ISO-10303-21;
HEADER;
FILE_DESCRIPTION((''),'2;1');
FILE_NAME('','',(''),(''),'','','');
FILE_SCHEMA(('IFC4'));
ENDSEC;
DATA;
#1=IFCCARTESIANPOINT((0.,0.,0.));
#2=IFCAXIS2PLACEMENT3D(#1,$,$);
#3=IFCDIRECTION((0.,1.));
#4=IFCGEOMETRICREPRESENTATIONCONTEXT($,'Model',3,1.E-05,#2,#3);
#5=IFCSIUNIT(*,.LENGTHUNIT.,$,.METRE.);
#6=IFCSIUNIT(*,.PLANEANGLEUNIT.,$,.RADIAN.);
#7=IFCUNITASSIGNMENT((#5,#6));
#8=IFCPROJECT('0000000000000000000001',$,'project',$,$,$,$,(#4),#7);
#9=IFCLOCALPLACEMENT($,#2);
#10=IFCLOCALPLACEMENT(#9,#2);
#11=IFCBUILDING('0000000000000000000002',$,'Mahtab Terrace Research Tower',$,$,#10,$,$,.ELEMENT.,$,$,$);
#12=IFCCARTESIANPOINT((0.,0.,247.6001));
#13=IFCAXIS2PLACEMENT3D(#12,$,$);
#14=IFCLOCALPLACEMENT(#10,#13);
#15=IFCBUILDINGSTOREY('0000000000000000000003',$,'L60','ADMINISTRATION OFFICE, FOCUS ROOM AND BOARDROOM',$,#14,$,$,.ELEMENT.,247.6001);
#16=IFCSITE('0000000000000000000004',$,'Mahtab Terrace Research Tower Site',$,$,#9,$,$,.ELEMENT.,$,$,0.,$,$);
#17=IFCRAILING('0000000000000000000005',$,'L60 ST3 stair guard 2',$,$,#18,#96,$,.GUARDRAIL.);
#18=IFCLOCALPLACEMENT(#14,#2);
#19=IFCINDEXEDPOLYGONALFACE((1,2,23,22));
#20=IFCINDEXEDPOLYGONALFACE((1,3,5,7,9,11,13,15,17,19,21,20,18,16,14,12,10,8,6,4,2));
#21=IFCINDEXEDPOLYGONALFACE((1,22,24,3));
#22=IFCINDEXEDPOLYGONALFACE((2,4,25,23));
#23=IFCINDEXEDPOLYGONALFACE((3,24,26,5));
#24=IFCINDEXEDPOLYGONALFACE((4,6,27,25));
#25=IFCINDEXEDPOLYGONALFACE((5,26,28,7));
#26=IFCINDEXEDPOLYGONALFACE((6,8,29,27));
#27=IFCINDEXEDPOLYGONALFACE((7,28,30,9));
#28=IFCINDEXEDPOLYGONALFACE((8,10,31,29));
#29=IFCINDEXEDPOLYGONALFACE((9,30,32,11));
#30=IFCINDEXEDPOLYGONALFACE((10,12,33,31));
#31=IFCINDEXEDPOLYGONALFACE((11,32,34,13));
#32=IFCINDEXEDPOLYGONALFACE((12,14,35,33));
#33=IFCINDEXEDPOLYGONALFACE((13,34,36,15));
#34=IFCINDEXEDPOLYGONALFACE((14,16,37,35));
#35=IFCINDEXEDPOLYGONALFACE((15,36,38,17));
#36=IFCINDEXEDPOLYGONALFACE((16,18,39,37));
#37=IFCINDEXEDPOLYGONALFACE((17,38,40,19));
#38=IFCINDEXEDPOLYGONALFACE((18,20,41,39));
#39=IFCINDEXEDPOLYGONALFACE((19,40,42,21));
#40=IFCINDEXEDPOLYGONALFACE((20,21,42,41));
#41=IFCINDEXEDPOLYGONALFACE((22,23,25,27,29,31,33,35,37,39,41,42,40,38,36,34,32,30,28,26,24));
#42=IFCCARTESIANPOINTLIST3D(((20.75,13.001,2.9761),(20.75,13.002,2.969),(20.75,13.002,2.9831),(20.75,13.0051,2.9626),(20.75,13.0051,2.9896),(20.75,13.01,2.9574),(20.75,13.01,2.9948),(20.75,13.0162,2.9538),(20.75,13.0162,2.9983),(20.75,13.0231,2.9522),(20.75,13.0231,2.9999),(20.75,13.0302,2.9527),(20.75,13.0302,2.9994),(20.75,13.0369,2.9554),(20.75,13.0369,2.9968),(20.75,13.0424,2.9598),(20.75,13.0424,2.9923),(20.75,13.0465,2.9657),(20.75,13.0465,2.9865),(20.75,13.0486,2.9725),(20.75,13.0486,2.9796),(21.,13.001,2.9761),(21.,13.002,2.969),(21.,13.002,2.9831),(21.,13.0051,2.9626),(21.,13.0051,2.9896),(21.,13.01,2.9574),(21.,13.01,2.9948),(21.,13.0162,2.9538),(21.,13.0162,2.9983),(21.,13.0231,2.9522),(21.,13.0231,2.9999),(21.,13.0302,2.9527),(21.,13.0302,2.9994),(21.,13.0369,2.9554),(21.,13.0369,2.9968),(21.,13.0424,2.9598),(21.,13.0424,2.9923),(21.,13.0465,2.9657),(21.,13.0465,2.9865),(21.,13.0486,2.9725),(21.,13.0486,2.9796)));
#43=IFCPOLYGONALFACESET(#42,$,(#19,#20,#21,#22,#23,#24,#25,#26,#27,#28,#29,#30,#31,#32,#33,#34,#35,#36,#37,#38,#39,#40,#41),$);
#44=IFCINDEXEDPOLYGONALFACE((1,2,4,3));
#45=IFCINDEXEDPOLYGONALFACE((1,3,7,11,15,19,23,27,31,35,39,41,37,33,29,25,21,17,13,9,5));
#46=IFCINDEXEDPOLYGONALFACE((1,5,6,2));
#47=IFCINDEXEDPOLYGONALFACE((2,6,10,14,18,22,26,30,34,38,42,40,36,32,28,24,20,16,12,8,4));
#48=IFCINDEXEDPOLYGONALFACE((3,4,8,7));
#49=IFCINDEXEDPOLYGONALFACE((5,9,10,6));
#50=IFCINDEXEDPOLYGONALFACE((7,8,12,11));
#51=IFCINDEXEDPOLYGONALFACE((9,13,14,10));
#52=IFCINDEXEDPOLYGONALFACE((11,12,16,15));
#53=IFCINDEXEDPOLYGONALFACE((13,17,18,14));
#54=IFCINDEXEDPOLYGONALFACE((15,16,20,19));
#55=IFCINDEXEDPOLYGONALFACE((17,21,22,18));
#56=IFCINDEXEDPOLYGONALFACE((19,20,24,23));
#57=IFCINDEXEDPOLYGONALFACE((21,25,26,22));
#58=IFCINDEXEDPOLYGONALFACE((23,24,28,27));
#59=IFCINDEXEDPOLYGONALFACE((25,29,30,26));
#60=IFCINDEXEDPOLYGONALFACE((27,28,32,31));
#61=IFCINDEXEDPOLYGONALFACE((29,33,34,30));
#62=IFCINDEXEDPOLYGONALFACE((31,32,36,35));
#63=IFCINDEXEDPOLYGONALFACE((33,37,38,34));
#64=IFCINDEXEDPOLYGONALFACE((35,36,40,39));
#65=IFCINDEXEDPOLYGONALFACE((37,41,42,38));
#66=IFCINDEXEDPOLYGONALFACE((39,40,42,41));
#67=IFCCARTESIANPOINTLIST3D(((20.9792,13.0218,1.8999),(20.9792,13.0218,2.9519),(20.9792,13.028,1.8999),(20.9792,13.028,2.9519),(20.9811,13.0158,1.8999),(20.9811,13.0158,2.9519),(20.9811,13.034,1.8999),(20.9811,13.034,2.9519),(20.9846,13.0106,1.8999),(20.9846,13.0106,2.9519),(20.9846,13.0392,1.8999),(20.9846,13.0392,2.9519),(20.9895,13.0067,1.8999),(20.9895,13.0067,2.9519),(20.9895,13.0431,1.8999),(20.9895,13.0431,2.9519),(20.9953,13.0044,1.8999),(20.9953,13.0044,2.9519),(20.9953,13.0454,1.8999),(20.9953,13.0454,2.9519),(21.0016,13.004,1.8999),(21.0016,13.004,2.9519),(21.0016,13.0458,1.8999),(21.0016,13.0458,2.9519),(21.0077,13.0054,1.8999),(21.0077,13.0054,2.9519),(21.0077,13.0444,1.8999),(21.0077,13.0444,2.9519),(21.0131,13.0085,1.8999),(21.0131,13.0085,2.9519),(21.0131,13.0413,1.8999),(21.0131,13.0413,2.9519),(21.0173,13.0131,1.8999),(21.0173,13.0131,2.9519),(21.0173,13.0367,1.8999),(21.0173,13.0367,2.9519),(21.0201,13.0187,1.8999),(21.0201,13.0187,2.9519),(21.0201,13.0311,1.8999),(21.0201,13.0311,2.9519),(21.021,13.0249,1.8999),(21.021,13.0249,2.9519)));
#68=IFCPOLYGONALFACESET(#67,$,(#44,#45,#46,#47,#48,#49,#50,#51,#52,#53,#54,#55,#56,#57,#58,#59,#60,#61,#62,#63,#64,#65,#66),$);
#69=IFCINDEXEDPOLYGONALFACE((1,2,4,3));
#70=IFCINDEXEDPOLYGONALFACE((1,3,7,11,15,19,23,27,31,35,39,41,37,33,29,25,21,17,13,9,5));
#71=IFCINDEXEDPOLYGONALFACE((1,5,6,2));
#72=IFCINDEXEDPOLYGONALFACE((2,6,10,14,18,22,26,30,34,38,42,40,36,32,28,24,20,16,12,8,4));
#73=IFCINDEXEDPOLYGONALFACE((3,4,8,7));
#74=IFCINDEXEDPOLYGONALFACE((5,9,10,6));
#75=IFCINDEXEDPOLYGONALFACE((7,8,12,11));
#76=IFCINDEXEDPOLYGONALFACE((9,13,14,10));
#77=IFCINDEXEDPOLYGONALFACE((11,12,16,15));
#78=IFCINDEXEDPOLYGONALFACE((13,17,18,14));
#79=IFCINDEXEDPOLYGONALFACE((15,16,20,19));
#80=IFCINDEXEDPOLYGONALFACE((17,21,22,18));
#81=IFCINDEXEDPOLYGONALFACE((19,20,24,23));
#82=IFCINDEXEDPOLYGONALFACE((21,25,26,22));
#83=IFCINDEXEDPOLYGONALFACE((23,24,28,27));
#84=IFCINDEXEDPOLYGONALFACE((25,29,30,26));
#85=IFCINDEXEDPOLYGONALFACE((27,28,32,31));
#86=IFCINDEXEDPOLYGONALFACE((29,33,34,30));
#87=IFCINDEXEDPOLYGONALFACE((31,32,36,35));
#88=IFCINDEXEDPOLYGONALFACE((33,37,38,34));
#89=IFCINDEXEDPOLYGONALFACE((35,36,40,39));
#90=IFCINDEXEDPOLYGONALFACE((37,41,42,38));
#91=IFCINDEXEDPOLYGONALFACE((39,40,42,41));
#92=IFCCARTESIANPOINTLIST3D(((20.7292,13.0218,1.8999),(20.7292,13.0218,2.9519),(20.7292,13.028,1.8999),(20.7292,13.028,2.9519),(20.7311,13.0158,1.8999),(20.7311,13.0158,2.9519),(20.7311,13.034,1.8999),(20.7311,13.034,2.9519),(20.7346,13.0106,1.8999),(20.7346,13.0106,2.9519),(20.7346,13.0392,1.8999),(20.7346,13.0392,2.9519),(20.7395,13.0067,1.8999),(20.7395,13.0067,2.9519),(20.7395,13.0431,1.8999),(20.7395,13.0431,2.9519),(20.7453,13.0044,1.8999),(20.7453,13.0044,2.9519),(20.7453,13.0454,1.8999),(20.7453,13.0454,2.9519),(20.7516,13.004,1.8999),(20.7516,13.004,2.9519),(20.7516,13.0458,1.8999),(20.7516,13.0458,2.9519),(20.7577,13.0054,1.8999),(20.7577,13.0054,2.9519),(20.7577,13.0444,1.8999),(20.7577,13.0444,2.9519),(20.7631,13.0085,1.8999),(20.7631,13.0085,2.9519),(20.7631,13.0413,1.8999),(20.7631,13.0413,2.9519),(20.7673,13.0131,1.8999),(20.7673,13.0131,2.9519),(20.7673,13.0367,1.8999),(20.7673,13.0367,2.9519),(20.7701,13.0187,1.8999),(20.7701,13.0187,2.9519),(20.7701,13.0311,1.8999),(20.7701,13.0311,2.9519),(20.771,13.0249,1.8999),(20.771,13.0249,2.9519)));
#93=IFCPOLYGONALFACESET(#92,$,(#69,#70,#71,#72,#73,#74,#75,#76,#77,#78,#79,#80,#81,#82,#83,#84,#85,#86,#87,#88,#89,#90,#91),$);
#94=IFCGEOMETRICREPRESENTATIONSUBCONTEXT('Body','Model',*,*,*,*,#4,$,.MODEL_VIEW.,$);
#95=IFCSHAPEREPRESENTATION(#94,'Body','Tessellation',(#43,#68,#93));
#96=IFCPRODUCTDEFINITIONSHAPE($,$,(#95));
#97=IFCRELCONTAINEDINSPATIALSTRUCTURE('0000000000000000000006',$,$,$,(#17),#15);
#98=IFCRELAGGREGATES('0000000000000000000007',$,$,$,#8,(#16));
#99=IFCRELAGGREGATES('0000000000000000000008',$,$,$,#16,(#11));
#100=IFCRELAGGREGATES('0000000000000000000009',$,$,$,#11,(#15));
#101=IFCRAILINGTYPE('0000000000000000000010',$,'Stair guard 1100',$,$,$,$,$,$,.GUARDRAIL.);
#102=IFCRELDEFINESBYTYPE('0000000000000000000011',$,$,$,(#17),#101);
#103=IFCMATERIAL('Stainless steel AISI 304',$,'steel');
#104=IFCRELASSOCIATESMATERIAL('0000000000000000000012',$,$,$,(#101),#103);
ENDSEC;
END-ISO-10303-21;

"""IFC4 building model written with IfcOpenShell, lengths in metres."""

from ifc_helpers import new_model, si_unit, direction, frame, origin, origin_2d, place, context, subcontext, project, spatial, circle, extrude, material, type_object, element, save


model = new_model("IFC4")

# Units and contexts
model_context = context("Model", 3, precision=1e-05, world=origin(), true_north=direction((0.0, 1.0)))
body_context = subcontext(model_context, "Body", "Model", "MODEL_VIEW")
ifc_project = project(units=[si_unit("LENGTHUNIT", "METRE"), si_unit("PLANEANGLEUNIT", "RADIAN")], contexts=[model_context])

# Site, building, storey
site_placement = place(None, origin())
site = spatial("IfcSite", under=ifc_project, at=site_placement, Name="Mahtab Terrace Research Tower Site", CompositionType="ELEMENT", RefElevation=0.0)
building_placement = place(site_placement, origin())
building = spatial("IfcBuilding", under=site, at=building_placement, Name="Mahtab Terrace Research Tower", CompositionType="ELEMENT")
storey_placement = place(building_placement, frame((0.0, 0.0, 247.6001)))
storey = spatial("IfcBuildingStorey", under=building, at=storey_placement, Name="L60", Description="ADMINISTRATION OFFICE, FOCUS ROOM AND BOARDROOM", CompositionType="ELEMENT", Elevation=247.6001)

# Shared definitions
ifc_material_1 = material(Name="Stainless steel AISI 304", Category="steel")

# Railing
railing_type_1 = type_object("IfcRailingType", Name="Stair guard 1100", PredefinedType="GUARDRAIL", material=ifc_material_1)
railing_1_placement = place(storey_placement, frame((21.0, 13.0249, 1.8999)))
element("IfcRailing", 1, at=railing_1_placement, inside=storey, type_object=railing_type_1, Name="L60 ST3 stair guard 2", PredefinedType="GUARDRAIL", context=body_context, shape_type="SweptSolid", body=[
    extrude(circle(Radius=0.0239, at=origin_2d()), frame((0.0, 0.0, 1.0762), z_axis=(-1.0, 0.0, 0.0), x_axis=(0.0, -1.0, 0.0)), (0.0, 0.0, 1.0), 0.25),
    extrude(circle(Radius=0.021, at=origin_2d()), origin(), (0.0, 0.0, 1.0), 1.052),
    extrude(circle(Radius=0.021, at=origin_2d()), frame((-0.25, 0.0, 0.0)), (0.0, 0.0, 1.0), 1.052),
])

save(model, "model.ifc")
